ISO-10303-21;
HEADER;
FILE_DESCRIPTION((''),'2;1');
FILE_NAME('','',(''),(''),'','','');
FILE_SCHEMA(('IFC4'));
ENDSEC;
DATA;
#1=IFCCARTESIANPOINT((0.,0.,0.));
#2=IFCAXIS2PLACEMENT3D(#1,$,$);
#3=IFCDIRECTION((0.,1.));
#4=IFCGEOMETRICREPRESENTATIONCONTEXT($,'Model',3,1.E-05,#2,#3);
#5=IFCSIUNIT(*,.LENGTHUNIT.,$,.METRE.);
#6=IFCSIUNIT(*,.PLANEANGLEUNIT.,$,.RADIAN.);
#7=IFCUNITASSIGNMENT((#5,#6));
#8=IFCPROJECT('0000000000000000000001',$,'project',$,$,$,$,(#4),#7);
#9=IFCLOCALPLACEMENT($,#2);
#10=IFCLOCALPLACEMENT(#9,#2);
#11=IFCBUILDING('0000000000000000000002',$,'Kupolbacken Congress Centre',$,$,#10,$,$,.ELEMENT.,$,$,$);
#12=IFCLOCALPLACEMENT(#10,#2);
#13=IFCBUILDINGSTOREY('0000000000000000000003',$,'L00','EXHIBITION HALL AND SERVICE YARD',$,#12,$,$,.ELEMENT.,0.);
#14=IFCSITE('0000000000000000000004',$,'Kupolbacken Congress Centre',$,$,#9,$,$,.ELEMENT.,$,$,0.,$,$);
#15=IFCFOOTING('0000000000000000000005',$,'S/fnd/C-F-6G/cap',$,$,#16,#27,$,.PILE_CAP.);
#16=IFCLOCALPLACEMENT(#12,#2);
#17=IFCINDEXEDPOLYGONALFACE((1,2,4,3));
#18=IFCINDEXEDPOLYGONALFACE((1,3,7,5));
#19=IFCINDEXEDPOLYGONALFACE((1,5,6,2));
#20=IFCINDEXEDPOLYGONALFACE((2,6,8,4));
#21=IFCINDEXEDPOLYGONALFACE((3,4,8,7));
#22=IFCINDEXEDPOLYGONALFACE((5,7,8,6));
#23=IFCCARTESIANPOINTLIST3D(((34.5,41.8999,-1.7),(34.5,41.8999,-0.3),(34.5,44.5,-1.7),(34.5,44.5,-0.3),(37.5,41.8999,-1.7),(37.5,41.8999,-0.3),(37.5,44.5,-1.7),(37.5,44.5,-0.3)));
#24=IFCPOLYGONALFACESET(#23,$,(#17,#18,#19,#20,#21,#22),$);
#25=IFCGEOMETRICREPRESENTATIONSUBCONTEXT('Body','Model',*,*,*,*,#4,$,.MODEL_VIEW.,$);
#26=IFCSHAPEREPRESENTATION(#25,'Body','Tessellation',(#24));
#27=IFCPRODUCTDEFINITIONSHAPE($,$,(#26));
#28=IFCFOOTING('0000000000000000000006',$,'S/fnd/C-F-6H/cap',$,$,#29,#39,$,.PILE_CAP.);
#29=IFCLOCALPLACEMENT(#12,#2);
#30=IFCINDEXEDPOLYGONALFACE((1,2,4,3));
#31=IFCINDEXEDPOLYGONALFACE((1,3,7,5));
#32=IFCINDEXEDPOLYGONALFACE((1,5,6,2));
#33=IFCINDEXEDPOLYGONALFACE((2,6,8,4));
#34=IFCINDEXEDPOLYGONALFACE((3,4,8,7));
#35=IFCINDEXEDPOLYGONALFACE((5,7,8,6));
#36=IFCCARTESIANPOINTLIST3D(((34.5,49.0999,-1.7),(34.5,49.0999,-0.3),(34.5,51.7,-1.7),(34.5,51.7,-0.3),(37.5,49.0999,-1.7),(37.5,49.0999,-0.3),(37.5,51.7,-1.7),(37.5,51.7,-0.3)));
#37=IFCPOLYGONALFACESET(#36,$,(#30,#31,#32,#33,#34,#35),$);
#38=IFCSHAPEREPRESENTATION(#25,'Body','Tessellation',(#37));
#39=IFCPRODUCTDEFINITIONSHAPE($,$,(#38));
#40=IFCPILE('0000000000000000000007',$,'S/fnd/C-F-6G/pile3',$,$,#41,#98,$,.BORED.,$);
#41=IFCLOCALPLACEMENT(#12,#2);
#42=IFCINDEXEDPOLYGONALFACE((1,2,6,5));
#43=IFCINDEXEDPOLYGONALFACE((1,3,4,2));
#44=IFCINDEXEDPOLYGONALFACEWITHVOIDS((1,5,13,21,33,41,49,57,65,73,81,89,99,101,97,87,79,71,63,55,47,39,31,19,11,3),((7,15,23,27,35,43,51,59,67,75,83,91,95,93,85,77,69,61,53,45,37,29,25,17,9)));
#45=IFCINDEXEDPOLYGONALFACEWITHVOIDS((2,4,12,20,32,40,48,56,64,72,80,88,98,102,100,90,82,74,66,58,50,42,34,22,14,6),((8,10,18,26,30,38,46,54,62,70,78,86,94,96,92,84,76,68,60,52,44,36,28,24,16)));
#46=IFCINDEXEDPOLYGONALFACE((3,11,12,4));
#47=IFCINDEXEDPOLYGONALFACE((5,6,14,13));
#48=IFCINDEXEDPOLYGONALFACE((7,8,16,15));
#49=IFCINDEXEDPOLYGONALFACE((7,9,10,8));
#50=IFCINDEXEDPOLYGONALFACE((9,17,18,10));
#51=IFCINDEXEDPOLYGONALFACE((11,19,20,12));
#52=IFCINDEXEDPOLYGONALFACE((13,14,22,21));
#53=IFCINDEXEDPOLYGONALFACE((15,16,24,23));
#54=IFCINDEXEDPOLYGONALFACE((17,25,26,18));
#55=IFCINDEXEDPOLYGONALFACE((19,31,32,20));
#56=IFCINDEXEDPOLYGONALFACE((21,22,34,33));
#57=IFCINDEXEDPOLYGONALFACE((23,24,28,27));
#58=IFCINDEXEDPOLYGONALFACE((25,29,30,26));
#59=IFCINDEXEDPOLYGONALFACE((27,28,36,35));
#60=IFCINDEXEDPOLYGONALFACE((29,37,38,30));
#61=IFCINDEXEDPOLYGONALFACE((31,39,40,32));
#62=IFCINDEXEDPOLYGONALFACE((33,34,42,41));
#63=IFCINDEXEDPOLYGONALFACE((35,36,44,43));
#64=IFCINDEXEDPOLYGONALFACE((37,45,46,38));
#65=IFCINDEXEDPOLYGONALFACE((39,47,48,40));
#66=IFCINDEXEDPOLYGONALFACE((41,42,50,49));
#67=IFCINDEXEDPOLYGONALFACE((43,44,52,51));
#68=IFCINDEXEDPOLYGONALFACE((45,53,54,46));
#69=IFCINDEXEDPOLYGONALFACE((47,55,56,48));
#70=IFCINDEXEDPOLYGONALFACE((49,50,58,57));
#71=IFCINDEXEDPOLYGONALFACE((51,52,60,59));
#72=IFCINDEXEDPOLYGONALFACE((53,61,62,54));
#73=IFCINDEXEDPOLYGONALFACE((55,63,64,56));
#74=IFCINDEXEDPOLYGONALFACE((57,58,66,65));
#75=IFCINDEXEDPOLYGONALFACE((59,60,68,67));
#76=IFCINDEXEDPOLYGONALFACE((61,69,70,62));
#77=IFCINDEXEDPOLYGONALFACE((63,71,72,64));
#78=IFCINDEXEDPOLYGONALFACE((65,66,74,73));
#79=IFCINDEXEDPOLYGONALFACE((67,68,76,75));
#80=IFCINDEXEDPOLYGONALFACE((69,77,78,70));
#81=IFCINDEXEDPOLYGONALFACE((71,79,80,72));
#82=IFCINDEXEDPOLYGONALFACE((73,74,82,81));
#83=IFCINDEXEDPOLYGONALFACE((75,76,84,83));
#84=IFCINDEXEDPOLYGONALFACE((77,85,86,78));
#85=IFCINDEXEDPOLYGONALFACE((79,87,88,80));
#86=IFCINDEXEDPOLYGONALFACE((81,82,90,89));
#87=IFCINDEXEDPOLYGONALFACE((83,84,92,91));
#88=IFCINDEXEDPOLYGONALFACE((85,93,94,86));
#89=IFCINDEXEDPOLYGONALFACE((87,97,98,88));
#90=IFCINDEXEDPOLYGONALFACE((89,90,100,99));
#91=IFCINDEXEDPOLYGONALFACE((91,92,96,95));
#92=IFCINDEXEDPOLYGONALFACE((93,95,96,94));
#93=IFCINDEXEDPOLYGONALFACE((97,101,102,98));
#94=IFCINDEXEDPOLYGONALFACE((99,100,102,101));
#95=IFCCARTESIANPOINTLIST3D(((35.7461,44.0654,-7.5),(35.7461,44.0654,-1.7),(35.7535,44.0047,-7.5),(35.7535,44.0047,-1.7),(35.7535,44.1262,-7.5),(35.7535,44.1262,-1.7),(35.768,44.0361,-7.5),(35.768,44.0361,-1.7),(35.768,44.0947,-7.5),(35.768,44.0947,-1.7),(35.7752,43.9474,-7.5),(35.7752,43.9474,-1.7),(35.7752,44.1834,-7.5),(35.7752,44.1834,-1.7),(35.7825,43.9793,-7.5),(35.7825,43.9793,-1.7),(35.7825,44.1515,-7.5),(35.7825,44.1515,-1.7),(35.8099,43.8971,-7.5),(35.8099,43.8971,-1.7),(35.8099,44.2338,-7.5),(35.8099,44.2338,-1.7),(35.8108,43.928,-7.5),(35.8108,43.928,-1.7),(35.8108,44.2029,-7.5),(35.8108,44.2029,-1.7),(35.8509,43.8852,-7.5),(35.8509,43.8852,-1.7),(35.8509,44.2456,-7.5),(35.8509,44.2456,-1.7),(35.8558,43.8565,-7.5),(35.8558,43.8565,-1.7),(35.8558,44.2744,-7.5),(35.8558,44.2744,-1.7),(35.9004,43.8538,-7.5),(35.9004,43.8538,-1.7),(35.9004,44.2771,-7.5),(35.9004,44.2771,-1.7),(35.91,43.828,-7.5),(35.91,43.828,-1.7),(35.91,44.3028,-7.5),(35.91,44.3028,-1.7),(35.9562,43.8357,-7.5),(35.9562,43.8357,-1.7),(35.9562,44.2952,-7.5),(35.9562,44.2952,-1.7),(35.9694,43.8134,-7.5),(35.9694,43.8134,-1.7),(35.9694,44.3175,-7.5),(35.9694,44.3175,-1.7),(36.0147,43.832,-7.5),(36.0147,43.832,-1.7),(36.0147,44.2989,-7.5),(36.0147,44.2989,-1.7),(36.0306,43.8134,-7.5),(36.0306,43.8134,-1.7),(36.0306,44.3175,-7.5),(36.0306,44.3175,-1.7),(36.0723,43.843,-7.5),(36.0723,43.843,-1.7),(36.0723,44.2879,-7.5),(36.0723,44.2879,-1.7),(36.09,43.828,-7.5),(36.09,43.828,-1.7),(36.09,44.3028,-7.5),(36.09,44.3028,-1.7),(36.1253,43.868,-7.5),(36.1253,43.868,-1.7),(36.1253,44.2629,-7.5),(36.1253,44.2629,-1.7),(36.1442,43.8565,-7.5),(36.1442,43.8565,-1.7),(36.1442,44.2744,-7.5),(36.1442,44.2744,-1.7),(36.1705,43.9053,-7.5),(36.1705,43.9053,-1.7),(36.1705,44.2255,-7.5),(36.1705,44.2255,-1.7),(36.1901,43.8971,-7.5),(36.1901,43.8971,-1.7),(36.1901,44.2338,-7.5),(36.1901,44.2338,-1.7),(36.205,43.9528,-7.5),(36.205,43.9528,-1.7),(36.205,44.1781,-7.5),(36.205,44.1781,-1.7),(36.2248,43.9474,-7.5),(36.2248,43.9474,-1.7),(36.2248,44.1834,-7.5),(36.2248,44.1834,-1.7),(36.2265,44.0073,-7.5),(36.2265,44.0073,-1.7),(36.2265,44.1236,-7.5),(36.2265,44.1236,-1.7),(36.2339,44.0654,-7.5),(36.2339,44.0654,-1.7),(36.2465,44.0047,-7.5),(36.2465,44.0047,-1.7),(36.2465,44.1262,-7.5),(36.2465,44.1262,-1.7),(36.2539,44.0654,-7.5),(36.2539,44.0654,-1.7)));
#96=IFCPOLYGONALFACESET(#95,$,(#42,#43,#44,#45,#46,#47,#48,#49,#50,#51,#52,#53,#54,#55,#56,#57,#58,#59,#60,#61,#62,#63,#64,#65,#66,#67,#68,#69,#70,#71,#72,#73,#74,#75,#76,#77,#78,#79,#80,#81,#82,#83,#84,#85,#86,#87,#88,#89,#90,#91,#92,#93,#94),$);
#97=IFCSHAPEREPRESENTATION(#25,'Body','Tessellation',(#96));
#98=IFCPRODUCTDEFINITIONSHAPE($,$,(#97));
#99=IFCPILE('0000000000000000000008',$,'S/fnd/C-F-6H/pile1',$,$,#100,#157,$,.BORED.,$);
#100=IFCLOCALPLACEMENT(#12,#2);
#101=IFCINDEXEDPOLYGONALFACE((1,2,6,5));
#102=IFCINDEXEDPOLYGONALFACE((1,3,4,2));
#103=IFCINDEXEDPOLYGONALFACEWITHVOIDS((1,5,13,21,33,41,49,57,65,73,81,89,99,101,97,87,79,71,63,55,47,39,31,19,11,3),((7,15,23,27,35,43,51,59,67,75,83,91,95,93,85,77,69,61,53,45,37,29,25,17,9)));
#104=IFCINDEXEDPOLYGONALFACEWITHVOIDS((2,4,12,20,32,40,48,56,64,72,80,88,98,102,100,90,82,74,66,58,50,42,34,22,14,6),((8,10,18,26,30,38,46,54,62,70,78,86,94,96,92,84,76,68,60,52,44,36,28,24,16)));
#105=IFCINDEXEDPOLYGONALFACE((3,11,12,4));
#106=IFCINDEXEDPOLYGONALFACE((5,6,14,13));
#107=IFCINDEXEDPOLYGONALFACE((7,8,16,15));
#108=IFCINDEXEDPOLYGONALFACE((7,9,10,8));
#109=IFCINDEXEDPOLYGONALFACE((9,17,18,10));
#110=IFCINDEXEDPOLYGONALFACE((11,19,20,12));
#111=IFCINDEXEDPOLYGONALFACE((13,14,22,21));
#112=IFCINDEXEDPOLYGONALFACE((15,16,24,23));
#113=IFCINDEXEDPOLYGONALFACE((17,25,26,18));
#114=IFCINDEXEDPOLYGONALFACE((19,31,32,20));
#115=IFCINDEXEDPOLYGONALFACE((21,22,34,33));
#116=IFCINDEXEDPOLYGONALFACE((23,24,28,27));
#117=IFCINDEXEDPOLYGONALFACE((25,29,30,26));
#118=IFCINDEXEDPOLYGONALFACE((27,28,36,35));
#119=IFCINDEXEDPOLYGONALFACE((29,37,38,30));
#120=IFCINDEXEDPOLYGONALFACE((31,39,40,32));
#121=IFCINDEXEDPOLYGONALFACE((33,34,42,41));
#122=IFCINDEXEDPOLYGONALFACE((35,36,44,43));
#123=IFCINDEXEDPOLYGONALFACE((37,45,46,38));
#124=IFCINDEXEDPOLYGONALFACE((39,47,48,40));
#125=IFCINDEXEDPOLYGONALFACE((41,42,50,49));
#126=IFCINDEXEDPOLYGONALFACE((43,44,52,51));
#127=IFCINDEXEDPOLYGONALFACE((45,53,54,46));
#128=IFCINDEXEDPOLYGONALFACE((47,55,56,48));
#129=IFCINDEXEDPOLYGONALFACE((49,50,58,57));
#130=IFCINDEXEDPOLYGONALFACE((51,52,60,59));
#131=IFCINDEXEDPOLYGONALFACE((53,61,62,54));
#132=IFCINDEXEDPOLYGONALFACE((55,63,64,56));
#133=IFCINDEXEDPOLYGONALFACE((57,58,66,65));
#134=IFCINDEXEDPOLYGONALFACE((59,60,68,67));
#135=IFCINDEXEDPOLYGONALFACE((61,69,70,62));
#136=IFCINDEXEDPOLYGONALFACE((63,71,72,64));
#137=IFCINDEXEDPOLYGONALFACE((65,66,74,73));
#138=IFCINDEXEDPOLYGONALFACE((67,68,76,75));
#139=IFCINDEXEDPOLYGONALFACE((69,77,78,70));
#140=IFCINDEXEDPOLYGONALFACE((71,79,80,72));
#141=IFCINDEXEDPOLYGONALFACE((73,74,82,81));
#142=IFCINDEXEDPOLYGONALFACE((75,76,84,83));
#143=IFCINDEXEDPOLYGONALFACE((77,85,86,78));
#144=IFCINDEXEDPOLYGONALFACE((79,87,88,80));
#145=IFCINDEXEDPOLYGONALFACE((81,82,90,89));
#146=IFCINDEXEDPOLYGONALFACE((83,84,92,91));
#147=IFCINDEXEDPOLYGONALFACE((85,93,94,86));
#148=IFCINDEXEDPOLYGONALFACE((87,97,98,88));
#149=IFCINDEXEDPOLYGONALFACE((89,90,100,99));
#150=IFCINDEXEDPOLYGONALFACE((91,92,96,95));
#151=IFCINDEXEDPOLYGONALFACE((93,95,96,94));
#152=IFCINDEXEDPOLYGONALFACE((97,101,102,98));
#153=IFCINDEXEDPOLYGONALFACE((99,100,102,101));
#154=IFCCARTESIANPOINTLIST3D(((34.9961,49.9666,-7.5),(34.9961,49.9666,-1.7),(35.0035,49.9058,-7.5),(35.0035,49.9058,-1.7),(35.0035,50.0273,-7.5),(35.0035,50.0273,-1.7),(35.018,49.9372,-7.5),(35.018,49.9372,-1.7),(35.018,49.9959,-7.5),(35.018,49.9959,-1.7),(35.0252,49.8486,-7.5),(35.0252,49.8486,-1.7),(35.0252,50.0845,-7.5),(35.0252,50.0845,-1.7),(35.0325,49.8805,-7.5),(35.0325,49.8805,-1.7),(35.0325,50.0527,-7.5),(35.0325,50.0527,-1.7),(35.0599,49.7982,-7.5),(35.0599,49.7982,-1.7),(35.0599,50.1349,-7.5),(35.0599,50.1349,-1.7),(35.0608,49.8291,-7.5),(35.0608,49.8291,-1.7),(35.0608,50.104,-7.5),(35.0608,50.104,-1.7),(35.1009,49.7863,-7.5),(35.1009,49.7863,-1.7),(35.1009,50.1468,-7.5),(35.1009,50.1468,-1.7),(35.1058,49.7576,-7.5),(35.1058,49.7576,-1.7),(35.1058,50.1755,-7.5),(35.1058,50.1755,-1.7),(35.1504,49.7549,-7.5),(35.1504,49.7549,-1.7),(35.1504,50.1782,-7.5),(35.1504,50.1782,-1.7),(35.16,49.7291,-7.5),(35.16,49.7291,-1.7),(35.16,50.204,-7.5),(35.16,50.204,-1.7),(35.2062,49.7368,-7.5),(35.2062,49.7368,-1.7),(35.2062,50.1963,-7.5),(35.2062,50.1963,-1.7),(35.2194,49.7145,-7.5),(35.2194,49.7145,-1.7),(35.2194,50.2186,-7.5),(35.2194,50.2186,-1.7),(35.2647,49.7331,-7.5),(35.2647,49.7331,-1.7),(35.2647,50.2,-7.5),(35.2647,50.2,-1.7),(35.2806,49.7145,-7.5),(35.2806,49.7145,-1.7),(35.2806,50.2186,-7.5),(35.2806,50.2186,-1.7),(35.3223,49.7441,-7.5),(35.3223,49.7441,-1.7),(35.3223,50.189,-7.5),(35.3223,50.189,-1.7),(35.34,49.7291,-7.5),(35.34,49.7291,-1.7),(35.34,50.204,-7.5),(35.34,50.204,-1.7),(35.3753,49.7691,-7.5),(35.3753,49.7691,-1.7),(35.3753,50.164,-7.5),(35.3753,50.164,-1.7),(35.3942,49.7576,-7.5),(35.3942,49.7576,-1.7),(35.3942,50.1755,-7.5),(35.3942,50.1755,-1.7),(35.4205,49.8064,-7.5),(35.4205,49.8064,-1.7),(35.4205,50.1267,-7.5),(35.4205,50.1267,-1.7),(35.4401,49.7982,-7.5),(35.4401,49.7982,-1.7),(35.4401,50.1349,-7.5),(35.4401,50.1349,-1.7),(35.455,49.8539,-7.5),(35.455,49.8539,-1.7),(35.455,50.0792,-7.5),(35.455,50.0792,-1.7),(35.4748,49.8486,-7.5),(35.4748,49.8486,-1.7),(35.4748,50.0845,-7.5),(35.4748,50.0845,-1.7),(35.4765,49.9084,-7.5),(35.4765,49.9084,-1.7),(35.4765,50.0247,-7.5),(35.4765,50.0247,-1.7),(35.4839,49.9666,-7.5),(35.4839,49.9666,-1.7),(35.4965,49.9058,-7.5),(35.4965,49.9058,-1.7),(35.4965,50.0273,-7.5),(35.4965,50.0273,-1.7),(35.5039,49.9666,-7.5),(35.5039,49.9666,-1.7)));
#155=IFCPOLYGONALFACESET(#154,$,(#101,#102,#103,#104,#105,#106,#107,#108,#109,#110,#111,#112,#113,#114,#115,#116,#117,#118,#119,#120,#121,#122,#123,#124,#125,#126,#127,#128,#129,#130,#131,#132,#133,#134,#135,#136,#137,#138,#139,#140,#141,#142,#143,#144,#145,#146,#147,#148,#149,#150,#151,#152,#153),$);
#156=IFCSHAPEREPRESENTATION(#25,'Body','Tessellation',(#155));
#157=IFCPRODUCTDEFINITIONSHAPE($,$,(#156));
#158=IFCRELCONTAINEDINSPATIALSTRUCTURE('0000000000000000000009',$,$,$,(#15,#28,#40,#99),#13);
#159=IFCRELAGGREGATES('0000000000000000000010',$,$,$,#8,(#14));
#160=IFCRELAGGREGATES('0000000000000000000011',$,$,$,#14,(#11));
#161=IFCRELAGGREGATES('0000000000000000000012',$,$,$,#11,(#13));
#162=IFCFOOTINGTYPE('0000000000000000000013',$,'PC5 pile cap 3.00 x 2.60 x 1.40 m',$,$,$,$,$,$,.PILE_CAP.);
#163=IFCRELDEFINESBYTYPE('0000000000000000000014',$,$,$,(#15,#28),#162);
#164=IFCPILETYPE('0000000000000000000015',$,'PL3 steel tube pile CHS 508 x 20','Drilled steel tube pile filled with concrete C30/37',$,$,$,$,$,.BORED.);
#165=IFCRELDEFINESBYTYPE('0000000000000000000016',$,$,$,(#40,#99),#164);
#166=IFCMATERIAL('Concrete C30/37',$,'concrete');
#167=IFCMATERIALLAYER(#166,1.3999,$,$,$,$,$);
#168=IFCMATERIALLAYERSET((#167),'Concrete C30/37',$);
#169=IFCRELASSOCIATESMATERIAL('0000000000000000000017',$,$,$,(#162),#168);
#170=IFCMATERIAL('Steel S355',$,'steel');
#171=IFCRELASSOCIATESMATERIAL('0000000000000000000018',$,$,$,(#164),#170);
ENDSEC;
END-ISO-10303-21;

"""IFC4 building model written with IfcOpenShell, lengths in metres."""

from ifc_helpers import new_model, si_unit, direction, frame, origin, origin_2d, place, context, subcontext, project, spatial, rectangle, hollow_circle, extrude, material, layer, layer_set, material_profile, profile_set, type_object, element, save


model = new_model("IFC4")

# Units and contexts
model_context = context("Model", 3, precision=1e-05, world=origin(), true_north=direction((0.0, 1.0)))
body_context = subcontext(model_context, "Body", "Model", "MODEL_VIEW")
ifc_project = project(units=[si_unit("LENGTHUNIT", "METRE"), si_unit("PLANEANGLEUNIT", "RADIAN")], contexts=[model_context])

# Site, building, storey
site_placement = place(None, origin())
site = spatial("IfcSite", under=ifc_project, at=site_placement, Name="Kupolbacken Congress Centre", CompositionType="ELEMENT", RefElevation=0.0)
building_placement = place(site_placement, origin())
building = spatial("IfcBuilding", under=site, at=building_placement, Name="Kupolbacken Congress Centre", CompositionType="ELEMENT")
storey_placement = place(building_placement, origin())
storey = spatial("IfcBuildingStorey", under=building, at=storey_placement, Name="L00", Description="EXHIBITION HALL AND SERVICE YARD", CompositionType="ELEMENT", Elevation=0.0)

# Footings
ifc_material_1 = material(Name="Concrete C30/37", Category="concrete")
ifc_layer_1 = layer(ifc_material_1, 1.3999)
ifc_layer_set_1 = layer_set([ifc_layer_1], Name="Concrete C30/37")
footing_type = type_object("IfcFootingType", Name="PC5 pile cap 3.00 x 2.60 x 1.40 m", PredefinedType="PILE_CAP", material=ifc_layer_set_1)
for number, where, z_axis, x_axis, name in (
    (1, (36.0, 43.2, -1.7), (0.0, 0.0, 1.0), (1.0, 0.0, 0.0), "S/fnd/C-F-6G/cap"),
    (2, (36.0, 50.3999, -1.7), (0.0, 0.0, 1.0), (1.0, 0.0, 0.0), "S/fnd/C-F-6H/cap"),
):
    element("IfcFooting", number, at=place(storey_placement, frame(where, z_axis=z_axis, x_axis=x_axis)), inside=storey, type_object=footing_type, Name=name, PredefinedType="PILE_CAP", context=body_context, shape_type="SweptSolid", body=[
        extrude(rectangle(XDim=3.0, YDim=2.6001, at=origin_2d()), origin(), (0.0, 0.0, 1.0), 1.3999),
    ])

# Piles
ifc_material_2 = material(Name="Steel S355", Category="steel")
ifc_material_profile_1 = material_profile(ifc_material_2, hollow_circle(Radius=0.2539, WallThickness=0.02, at=origin_2d()), Name="CHS 508 x 20")
ifc_profile_set_1 = profile_set([ifc_material_profile_1], Name="Steel S355")
pile_type = type_object("IfcPileType", Name="PL3 steel tube pile CHS 508 x 20", Description="Drilled steel tube pile filled with concrete C30/37", PredefinedType="BORED", material=ifc_profile_set_1)
for number, where, z_axis, x_axis, name in (
    (3, (36.0, 44.0654, -1.7), (0.0, 0.0, -1.0), (1.0, 0.0, 0.0), "S/fnd/C-F-6G/pile3"),
    (4, (35.25, 49.9666, -1.7), (0.0, 0.0, -1.0), (1.0, 0.0, 0.0), "S/fnd/C-F-6H/pile1"),
):
    element("IfcPile", number, at=place(storey_placement, frame(where, z_axis=z_axis, x_axis=x_axis)), inside=storey, type_object=pile_type, Name=name, PredefinedType="BORED", context=body_context, shape_type="SweptSolid", body=[
        extrude(hollow_circle(Radius=0.2539, WallThickness=0.02, at=origin_2d()), origin(), (0.0, 0.0, 1.0), 5.8),
    ])

save(model, "model.ifc")
